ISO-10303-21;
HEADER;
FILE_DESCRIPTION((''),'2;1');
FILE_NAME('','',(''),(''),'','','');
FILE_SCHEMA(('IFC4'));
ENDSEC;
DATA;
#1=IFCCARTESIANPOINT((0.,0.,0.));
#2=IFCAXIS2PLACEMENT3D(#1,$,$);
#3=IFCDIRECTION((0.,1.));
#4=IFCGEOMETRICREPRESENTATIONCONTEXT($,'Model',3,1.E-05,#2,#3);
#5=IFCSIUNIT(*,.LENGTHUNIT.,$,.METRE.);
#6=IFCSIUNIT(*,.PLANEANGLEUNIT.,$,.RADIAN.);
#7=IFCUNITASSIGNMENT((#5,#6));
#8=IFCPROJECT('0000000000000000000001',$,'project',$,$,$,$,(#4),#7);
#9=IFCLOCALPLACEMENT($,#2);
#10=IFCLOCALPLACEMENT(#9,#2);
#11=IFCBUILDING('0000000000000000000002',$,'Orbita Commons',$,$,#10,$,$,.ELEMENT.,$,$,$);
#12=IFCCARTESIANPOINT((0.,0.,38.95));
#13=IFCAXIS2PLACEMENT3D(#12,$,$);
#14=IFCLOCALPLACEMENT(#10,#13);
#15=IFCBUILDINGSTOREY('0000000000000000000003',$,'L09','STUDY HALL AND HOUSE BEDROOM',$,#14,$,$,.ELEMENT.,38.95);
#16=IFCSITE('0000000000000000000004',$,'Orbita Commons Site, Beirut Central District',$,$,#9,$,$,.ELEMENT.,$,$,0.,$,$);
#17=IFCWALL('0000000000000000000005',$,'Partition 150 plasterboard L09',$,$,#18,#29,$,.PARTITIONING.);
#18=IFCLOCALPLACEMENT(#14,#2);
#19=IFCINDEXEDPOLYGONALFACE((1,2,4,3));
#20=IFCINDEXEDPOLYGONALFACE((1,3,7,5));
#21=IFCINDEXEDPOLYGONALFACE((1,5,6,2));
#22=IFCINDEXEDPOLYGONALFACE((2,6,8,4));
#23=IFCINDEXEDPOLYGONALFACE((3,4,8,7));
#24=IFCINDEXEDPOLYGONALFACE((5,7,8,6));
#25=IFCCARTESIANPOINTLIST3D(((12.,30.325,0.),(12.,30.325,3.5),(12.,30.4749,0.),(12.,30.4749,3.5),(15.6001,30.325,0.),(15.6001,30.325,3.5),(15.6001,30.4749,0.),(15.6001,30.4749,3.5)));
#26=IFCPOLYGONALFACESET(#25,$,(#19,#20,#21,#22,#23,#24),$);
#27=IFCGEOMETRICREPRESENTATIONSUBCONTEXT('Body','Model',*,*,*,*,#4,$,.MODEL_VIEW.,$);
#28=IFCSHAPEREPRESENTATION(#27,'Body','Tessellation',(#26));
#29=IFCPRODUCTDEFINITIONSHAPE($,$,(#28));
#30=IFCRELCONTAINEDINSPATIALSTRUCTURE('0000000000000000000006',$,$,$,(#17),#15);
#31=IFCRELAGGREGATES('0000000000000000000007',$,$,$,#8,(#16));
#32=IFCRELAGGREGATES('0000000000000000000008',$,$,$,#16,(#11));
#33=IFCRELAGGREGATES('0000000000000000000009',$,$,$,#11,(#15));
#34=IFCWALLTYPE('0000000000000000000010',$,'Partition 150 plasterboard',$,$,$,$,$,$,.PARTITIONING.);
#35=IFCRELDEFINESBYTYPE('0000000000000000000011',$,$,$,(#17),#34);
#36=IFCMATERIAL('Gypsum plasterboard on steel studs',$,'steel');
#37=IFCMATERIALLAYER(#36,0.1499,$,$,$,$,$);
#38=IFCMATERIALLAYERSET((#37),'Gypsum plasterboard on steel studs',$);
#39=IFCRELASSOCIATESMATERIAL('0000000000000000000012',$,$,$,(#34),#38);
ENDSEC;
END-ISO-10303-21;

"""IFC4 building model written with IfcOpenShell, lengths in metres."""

from ifc_helpers import new_model, si_unit, direction, frame, frame_2d, origin, place, context, subcontext, project, spatial, rectangle, extrude, material, layer, layer_set, type_object, element, save


model = new_model("IFC4")

# Units and contexts
model_context = context("Model", 3, precision=1e-05, world=origin(), true_north=direction((0.0, 1.0)))
body_context = subcontext(model_context, "Body", "Model", "MODEL_VIEW")
ifc_project = project(units=[si_unit("LENGTHUNIT", "METRE"), si_unit("PLANEANGLEUNIT", "RADIAN")], contexts=[model_context])

# Site, building, storey
site_placement = place(None, origin())
site = spatial("IfcSite", under=ifc_project, at=site_placement, Name="Orbita Commons Site, Beirut Central District", CompositionType="ELEMENT", RefElevation=0.0)
building_placement = place(site_placement, origin())
building = spatial("IfcBuilding", under=site, at=building_placement, Name="Orbita Commons", CompositionType="ELEMENT")
storey_placement = place(building_placement, frame((0.0, 0.0, 38.95)))
storey = spatial("IfcBuildingStorey", under=building, at=storey_placement, Name="L09", Description="STUDY HALL AND HOUSE BEDROOM", CompositionType="ELEMENT", Elevation=38.95)

# Wall
ifc_material_1 = material(Name="Gypsum plasterboard on steel studs", Category="steel")
ifc_layer_1 = layer(ifc_material_1, 0.1499)
ifc_layer_set_1 = layer_set([ifc_layer_1], Name="Gypsum plasterboard on steel studs")
wall_type_1 = type_object("IfcWallType", Name="Partition 150 plasterboard", PredefinedType="PARTITIONING", material=ifc_layer_set_1)
wall_1_placement = place(storey_placement, frame((12.0, 30.3999, 0.0), z_axis=(0.0, 0.0, 1.0), x_axis=(1.0, 0.0, 0.0)))
element("IfcWall", 1, at=wall_1_placement, inside=storey, type_object=wall_type_1, Name="Partition 150 plasterboard L09", PredefinedType="PARTITIONING", context=body_context, shape_type="SweptSolid", body=[
    extrude(rectangle(XDim=3.6001, YDim=0.1499, at=frame_2d((1.8, 0.0))), origin(), (0.0, 0.0, 1.0), 3.5),
])

save(model, "model.ifc")
